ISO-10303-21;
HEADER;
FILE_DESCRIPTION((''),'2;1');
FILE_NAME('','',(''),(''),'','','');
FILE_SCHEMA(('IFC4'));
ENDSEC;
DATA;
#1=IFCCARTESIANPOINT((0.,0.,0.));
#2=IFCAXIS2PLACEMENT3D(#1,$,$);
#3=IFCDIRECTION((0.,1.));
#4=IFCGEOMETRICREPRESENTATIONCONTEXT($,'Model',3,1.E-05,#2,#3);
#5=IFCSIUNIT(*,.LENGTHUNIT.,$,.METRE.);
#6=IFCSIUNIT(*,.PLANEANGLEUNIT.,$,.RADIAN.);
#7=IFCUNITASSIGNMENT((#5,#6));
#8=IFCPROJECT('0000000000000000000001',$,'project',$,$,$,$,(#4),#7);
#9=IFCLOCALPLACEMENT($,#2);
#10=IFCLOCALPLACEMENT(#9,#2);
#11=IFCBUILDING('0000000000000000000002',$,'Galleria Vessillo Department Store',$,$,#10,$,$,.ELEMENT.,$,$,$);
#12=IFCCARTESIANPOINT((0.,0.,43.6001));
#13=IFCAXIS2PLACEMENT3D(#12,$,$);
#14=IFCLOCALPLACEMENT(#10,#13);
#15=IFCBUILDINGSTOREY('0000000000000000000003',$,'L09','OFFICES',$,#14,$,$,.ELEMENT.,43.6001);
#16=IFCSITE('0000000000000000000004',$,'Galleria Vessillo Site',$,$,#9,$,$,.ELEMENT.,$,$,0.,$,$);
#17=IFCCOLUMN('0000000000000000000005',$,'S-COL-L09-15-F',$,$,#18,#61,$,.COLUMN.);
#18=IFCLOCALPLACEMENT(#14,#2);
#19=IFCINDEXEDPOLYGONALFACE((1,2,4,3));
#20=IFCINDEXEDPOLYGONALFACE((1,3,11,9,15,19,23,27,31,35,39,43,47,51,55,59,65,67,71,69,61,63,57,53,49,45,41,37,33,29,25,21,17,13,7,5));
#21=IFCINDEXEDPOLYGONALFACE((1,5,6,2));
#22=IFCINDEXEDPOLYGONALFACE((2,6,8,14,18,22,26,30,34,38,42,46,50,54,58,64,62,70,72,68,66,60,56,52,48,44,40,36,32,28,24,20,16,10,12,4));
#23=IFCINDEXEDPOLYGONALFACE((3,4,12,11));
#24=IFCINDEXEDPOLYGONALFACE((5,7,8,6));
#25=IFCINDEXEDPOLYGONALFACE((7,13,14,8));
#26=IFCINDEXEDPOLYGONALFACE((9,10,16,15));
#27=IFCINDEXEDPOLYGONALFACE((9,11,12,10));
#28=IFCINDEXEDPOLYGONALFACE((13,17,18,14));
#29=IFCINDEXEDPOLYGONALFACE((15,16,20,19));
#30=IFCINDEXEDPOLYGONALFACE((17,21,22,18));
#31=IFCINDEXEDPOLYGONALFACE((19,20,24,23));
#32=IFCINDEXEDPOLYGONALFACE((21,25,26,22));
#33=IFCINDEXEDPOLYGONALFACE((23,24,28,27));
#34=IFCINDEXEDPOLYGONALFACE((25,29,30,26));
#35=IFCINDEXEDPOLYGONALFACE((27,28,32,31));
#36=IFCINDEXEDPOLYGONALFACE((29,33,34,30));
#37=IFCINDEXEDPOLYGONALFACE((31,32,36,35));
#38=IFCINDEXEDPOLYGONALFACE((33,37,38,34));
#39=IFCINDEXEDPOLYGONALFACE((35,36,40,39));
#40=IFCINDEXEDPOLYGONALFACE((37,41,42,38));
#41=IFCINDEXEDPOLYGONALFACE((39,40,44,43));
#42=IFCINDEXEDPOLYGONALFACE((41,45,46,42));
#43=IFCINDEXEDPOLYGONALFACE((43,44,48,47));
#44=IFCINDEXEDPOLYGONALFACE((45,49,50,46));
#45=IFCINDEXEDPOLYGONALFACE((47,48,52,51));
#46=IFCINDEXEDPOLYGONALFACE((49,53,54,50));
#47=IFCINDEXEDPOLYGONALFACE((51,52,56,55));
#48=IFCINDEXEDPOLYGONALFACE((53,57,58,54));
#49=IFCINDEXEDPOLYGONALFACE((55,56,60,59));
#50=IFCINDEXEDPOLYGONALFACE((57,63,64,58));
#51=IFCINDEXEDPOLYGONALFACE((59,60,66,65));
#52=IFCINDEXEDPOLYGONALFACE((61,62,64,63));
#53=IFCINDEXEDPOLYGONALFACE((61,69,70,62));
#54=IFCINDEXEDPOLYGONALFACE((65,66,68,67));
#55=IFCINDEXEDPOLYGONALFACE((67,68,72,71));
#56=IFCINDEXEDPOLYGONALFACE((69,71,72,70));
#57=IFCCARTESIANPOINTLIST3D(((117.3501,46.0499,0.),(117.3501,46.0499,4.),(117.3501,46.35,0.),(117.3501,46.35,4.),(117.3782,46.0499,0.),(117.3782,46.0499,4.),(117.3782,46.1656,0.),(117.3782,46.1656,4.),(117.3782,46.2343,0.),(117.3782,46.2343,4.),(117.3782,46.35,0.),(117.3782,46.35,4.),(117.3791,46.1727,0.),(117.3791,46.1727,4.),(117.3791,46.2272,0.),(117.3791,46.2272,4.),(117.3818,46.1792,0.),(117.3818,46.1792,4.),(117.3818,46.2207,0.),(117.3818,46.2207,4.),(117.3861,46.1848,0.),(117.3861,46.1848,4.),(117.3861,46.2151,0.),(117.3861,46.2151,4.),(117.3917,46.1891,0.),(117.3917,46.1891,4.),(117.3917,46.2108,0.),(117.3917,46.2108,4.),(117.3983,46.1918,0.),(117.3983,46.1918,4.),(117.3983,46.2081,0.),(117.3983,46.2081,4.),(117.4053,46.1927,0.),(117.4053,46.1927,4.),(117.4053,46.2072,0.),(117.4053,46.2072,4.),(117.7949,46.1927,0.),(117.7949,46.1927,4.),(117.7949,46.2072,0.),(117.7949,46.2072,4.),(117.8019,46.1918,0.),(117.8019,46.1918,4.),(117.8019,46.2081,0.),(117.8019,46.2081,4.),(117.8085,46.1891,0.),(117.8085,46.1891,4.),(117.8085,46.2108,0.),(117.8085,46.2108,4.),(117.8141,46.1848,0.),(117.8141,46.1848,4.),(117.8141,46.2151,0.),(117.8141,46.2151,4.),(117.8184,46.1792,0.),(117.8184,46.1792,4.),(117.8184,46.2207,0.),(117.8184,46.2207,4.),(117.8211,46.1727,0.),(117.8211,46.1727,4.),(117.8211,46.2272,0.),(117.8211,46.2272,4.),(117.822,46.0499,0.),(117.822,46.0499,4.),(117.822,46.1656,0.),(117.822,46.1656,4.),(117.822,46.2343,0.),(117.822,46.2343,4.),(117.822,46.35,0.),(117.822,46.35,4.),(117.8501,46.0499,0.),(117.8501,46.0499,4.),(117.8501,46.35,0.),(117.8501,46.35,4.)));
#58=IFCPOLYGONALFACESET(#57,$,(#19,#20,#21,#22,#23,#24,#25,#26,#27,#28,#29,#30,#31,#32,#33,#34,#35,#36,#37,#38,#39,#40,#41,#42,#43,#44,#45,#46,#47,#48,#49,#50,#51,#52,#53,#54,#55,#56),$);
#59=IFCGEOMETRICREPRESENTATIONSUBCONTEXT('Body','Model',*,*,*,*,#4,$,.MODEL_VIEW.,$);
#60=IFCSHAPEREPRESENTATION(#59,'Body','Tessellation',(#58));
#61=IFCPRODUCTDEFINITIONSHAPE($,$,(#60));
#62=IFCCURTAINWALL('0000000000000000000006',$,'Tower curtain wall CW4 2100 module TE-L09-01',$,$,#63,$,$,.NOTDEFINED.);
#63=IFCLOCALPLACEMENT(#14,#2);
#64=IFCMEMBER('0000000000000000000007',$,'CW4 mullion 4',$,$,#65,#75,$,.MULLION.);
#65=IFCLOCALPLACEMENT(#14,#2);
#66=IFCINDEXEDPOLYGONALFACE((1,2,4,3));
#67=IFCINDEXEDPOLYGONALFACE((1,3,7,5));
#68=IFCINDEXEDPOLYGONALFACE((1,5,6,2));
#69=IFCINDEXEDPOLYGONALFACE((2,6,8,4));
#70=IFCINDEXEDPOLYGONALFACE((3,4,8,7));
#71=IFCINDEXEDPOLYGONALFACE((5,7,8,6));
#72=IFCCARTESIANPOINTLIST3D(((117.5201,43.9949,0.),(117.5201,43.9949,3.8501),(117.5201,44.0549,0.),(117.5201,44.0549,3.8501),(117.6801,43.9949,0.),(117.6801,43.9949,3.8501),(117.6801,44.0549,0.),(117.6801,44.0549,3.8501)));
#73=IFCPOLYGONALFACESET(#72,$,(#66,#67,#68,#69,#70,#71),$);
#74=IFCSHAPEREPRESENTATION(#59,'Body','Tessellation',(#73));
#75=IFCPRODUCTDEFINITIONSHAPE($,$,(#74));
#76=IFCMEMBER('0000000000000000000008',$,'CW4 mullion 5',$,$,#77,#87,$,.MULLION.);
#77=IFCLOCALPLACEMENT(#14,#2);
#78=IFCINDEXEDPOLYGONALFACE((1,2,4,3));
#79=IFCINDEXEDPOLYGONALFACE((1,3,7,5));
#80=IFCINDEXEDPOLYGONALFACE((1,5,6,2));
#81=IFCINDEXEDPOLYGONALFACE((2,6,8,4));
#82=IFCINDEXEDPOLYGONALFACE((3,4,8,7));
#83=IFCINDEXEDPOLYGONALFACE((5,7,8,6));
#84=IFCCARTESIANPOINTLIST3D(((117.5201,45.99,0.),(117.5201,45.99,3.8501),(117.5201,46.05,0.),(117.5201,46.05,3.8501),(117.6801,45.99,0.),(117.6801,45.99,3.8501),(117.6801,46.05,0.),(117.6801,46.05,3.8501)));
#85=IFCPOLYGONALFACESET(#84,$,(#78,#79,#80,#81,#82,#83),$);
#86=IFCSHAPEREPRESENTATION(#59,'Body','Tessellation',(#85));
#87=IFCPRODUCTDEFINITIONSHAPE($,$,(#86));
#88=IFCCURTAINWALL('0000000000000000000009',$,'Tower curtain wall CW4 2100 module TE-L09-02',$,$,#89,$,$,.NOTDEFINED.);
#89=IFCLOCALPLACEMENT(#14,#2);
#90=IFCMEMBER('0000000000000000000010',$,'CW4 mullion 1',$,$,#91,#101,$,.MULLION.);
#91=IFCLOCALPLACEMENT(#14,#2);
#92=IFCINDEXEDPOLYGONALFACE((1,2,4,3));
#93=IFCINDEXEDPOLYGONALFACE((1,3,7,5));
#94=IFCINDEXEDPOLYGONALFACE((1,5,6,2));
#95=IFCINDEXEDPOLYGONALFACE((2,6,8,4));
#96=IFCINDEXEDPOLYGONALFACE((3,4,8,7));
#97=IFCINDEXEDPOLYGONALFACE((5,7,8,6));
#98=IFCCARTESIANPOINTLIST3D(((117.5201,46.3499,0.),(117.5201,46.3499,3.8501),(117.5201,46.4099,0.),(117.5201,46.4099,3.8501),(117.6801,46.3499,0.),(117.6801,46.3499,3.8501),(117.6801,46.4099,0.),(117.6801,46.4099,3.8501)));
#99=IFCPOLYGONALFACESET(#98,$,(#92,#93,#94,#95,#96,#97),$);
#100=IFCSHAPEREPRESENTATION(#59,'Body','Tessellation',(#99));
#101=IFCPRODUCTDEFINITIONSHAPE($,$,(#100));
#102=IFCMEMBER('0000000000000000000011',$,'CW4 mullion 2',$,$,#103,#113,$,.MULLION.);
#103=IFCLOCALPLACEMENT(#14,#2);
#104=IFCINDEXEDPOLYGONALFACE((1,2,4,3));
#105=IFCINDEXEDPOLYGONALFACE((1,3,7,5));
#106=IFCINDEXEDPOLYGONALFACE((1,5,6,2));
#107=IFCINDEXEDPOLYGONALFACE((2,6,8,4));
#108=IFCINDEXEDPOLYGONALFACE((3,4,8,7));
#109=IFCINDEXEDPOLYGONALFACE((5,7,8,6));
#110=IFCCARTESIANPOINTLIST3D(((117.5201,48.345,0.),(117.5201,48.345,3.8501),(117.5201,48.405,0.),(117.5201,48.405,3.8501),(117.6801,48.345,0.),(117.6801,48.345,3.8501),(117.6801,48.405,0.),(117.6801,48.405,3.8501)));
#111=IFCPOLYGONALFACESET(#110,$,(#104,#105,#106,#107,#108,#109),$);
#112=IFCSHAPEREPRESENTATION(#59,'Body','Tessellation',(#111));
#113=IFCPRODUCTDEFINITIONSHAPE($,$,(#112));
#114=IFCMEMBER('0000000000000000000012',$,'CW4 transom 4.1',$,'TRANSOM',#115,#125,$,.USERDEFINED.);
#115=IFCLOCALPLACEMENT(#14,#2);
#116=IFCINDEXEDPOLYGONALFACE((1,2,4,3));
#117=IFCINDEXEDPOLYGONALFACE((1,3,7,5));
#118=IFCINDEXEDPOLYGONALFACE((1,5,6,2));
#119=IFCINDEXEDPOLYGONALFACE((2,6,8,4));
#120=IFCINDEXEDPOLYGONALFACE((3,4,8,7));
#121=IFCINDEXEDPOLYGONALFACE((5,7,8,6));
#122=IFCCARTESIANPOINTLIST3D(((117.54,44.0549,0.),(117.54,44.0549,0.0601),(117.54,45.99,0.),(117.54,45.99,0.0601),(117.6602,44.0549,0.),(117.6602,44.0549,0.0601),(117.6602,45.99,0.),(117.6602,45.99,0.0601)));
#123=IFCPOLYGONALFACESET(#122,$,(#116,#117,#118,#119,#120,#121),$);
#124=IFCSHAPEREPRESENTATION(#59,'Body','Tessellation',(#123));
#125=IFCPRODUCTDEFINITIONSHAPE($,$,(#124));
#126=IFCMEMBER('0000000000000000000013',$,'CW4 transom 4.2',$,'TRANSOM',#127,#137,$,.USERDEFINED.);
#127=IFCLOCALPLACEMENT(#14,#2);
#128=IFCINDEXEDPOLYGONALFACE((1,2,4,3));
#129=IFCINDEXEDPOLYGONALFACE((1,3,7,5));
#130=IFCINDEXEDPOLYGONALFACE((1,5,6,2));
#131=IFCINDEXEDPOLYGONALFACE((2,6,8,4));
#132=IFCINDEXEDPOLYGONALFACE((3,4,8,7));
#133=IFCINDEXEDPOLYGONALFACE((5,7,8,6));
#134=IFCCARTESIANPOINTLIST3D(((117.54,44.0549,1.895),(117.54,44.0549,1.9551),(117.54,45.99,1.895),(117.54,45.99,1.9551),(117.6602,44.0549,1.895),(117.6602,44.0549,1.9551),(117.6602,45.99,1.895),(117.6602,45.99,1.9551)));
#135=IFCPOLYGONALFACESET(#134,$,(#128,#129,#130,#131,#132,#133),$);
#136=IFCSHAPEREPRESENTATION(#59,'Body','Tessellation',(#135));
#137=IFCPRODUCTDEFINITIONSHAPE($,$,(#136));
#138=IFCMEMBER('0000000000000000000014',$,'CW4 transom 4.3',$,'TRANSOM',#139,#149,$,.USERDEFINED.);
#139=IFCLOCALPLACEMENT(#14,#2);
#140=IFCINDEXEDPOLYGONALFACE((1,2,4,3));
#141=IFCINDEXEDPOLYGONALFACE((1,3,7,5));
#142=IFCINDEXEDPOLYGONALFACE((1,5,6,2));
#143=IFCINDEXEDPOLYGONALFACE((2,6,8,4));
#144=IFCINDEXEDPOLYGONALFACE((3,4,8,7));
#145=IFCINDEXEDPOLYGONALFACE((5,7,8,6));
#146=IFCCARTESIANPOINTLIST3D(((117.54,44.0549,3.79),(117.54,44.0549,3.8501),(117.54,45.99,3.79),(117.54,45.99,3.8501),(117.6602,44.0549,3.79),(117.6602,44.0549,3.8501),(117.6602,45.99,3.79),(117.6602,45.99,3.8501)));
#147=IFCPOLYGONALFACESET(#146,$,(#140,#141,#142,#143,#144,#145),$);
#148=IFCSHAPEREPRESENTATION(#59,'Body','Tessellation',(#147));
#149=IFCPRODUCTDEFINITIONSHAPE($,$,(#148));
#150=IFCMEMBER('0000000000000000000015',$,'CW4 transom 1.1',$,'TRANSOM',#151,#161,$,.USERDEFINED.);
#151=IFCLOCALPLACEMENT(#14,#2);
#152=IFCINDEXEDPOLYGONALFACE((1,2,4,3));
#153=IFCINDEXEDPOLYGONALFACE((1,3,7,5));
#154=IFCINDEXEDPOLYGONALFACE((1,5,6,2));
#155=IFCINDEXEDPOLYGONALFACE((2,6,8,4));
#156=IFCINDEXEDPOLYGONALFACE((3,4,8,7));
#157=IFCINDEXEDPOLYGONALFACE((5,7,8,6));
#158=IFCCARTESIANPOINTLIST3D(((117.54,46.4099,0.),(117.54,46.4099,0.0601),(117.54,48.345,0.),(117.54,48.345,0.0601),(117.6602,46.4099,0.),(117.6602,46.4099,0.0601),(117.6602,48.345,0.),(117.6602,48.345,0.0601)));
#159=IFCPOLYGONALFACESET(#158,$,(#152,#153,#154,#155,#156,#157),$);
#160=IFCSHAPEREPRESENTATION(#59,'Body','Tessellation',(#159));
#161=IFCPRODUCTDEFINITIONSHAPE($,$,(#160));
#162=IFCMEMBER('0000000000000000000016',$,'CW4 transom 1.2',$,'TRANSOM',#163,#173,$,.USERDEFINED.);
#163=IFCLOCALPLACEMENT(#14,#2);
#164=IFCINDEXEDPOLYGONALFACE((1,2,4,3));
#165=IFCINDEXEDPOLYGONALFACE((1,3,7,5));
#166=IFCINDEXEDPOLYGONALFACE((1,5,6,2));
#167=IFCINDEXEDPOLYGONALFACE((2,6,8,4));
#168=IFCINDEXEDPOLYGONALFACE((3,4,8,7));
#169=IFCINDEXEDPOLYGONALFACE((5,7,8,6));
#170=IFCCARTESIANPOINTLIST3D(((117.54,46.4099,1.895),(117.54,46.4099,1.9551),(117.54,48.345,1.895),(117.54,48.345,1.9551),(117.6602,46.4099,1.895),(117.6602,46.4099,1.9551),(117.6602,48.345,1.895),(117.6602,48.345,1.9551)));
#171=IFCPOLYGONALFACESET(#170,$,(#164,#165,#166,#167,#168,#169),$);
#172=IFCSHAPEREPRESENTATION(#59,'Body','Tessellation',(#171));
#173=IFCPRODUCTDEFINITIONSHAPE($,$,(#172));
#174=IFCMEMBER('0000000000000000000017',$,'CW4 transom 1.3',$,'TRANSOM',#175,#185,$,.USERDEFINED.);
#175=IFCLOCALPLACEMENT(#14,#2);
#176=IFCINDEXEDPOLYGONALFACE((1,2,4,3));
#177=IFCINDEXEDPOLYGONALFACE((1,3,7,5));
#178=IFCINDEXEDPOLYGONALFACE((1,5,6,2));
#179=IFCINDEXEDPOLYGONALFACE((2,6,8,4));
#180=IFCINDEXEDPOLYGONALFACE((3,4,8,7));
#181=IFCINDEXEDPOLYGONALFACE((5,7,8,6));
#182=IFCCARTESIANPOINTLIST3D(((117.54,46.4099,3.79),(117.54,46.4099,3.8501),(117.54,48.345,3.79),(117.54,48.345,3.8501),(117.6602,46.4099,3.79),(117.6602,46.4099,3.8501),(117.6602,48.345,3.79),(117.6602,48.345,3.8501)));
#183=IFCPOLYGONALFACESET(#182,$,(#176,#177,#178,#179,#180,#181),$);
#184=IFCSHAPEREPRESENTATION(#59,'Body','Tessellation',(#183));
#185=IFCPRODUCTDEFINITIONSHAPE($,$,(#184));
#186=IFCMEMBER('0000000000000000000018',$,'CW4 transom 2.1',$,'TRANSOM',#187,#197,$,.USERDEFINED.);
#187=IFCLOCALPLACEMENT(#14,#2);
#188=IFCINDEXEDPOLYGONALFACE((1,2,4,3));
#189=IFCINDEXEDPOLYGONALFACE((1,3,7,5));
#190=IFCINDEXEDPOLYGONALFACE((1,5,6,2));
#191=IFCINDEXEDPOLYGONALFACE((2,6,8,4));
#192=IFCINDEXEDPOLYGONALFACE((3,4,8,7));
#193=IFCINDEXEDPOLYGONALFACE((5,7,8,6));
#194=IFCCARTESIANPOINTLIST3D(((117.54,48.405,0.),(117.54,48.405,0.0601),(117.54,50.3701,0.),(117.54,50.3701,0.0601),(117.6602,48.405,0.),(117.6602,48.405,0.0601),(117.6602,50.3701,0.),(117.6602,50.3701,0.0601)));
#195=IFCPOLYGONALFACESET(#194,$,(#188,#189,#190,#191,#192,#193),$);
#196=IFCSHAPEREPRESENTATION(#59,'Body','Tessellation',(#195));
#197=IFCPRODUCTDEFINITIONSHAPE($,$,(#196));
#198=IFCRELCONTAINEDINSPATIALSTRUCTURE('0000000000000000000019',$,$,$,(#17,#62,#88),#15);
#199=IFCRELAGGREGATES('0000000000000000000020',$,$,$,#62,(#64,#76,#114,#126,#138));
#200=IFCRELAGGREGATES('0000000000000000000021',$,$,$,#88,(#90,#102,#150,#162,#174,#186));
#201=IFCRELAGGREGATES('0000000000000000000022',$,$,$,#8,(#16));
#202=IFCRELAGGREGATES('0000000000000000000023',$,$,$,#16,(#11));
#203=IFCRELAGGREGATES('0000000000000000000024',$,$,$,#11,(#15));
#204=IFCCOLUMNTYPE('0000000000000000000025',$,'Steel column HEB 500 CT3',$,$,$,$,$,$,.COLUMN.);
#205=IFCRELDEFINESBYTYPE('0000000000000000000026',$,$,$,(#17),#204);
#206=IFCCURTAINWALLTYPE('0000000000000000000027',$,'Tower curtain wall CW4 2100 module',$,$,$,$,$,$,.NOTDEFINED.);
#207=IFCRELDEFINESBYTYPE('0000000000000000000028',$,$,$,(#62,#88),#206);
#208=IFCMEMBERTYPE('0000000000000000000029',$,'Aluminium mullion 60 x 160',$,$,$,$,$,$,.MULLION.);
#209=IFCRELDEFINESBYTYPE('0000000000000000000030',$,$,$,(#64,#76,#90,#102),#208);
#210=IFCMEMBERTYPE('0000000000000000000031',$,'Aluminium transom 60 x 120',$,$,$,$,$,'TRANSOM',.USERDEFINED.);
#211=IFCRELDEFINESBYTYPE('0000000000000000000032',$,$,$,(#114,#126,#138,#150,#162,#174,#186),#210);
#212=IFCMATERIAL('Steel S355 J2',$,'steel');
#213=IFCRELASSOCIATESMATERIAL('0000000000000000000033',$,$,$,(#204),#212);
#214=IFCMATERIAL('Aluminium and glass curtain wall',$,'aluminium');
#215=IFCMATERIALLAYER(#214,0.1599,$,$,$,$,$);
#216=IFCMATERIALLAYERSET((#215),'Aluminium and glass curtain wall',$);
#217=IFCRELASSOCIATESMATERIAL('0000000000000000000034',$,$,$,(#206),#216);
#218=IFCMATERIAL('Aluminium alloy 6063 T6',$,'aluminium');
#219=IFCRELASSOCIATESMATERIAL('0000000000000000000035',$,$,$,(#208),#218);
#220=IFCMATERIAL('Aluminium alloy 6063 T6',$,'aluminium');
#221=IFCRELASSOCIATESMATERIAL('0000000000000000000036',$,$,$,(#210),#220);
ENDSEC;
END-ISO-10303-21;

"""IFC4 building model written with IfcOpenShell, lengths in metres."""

from ifc_helpers import new_model, si_unit, direction, frame, origin, origin_2d, place, context, subcontext, project, spatial, rectangle, i_section, extrude, material, layer, layer_set, material_profile, profile_set, type_object, element, aggregate, save


model = new_model("IFC4")

# Units and contexts
model_context = context("Model", 3, precision=1e-05, world=origin(), true_north=direction((0.0, 1.0)))
body_context = subcontext(model_context, "Body", "Model", "MODEL_VIEW")
ifc_project = project(units=[si_unit("LENGTHUNIT", "METRE"), si_unit("PLANEANGLEUNIT", "RADIAN")], contexts=[model_context])

# Site, building, storey
site_placement = place(None, origin())
site = spatial("IfcSite", under=ifc_project, at=site_placement, Name="Galleria Vessillo Site", CompositionType="ELEMENT", RefElevation=0.0)
building_placement = place(site_placement, origin())
building = spatial("IfcBuilding", under=site, at=building_placement, Name="Galleria Vessillo Department Store", CompositionType="ELEMENT")
storey_placement = place(building_placement, frame((0.0, 0.0, 43.6001)))
storey = spatial("IfcBuildingStorey", under=building, at=storey_placement, Name="L09", Description="OFFICES", CompositionType="ELEMENT", Elevation=43.6001)

# Column
ifc_material_1 = material(Name="Steel S355 J2", Category="steel")
ifc_material_profile_1 = material_profile(ifc_material_1, i_section(OverallWidth=0.3, OverallDepth=0.5, WebThickness=0.0144, FlangeThickness=0.0281, FilletRadius=0.0271, at=origin_2d()), Name="HEB 500")
ifc_profile_set_1 = profile_set([ifc_material_profile_1], Name="Steel S355 J2")
column_type = type_object("IfcColumnType", Name="Steel column HEB 500 CT3", PredefinedType="COLUMN", material=ifc_profile_set_1)
column_placement = place(storey_placement, frame((117.6001, 46.2, 0.0), z_axis=(0.0, 0.0, 1.0), x_axis=(0.0, 1.0, 0.0)))
element("IfcColumn", 1, at=column_placement, inside=storey, type_object=column_type, Name="S-COL-L09-15-F", PredefinedType="COLUMN", context=body_context, shape_type="SweptSolid", body=[
    extrude(i_section(OverallWidth=0.3, OverallDepth=0.5, WebThickness=0.0144, FlangeThickness=0.0281, FilletRadius=0.0271, at=origin_2d()), origin(), (0.0, 0.0, 1.0), 4.0),
])

# Curtain walls, members
ifc_material_2 = material(Name="Aluminium and glass curtain wall", Category="aluminium")
ifc_layer_1 = layer(ifc_material_2, 0.1599)
ifc_layer_set_1 = layer_set([ifc_layer_1], Name="Aluminium and glass curtain wall")
curtain_wall_type = type_object("IfcCurtainWallType", Name="Tower curtain wall CW4 2100 module", PredefinedType="NOTDEFINED", material=ifc_layer_set_1)
curtain_wall_1_placement = place(storey_placement, origin())
curtain_wall_1 = element("IfcCurtainWall", 2, at=curtain_wall_1_placement, inside=storey, type_object=curtain_wall_type, Name="Tower curtain wall CW4 2100 module TE-L09-01", PredefinedType="NOTDEFINED")
ifc_material_3 = material(Name="Aluminium alloy 6063 T6", Category="aluminium")
ifc_material_profile_2 = material_profile(ifc_material_3, rectangle(XDim=0.1599, YDim=0.0601, at=origin_2d()), Name="AL 60x160")
ifc_profile_set_2 = profile_set([ifc_material_profile_2], Name="Aluminium alloy 6063 T6")
member_type_1 = type_object("IfcMemberType", Name="Aluminium mullion 60 x 160", PredefinedType="MULLION", material=ifc_profile_set_2)
member_1_placement = place(storey_placement, frame((117.6001, 44.0249, 0.0), z_axis=(0.0, 0.0, 1.0), x_axis=(-1.0, 0.0, 0.0)))
member_1 = element("IfcMember", 3, at=member_1_placement, type_object=member_type_1, Name="CW4 mullion 4", PredefinedType="MULLION", context=body_context, shape_type="SweptSolid", body=[
    extrude(rectangle(XDim=0.1599, YDim=0.0601, at=origin_2d()), origin(), (0.0, 0.0, 1.0), 3.8501),
])
member_2_placement = place(storey_placement, frame((117.6001, 46.02, 0.0), z_axis=(0.0, 0.0, 1.0), x_axis=(-1.0, 0.0, 0.0)))
member_2 = element("IfcMember", 4, at=member_2_placement, type_object=member_type_1, Name="CW4 mullion 5", PredefinedType="MULLION", context=body_context, shape_type="SweptSolid", body=[
    extrude(rectangle(XDim=0.1599, YDim=0.0601, at=origin_2d()), origin(), (0.0, 0.0, 1.0), 3.8501),
])
curtain_wall_2_placement = place(storey_placement, origin())
curtain_wall_2 = element("IfcCurtainWall", 5, at=curtain_wall_2_placement, inside=storey, type_object=curtain_wall_type, Name="Tower curtain wall CW4 2100 module TE-L09-02", PredefinedType="NOTDEFINED")
member_3_placement = place(storey_placement, frame((117.6001, 46.3799, 0.0), z_axis=(0.0, 0.0, 1.0), x_axis=(-1.0, 0.0, 0.0)))
member_3 = element("IfcMember", 6, at=member_3_placement, type_object=member_type_1, Name="CW4 mullion 1", PredefinedType="MULLION", context=body_context, shape_type="SweptSolid", body=[
    extrude(rectangle(XDim=0.1599, YDim=0.0601, at=origin_2d()), origin(), (0.0, 0.0, 1.0), 3.8501),
])
member_4_placement = place(storey_placement, frame((117.6001, 48.375, 0.0), z_axis=(0.0, 0.0, 1.0), x_axis=(-1.0, 0.0, 0.0)))
member_4 = element("IfcMember", 7, at=member_4_placement, type_object=member_type_1, Name="CW4 mullion 2", PredefinedType="MULLION", context=body_context, shape_type="SweptSolid", body=[
    extrude(rectangle(XDim=0.1599, YDim=0.0601, at=origin_2d()), origin(), (0.0, 0.0, 1.0), 3.8501),
])

# Members
ifc_material_4 = material(Name="Aluminium alloy 6063 T6", Category="aluminium")
ifc_material_profile_3 = material_profile(ifc_material_4, rectangle(XDim=0.1201, YDim=0.0601, at=origin_2d()), Name="AL 60x120")
ifc_profile_set_3 = profile_set([ifc_material_profile_3], Name="Aluminium alloy 6063 T6")
member_type_2 = type_object("IfcMemberType", Name="Aluminium transom 60 x 120", ElementType="TRANSOM", PredefinedType="USERDEFINED", material=ifc_profile_set_3)
member_5_placement = place(storey_placement, frame((117.6001, 44.0549, 0.03), z_axis=(0.0, 1.0, 0.0), x_axis=(-1.0, 0.0, 0.0)))
member_5 = element("IfcMember", 8, at=member_5_placement, type_object=member_type_2, Name="CW4 transom 4.1", ObjectType="TRANSOM", PredefinedType="USERDEFINED", context=body_context, shape_type="SweptSolid", body=[
    extrude(rectangle(XDim=0.1201, YDim=0.0601, at=origin_2d()), origin(), (0.0, 0.0, 1.0), 1.9351),
])
member_6_placement = place(storey_placement, frame((117.6001, 44.0549, 1.925), z_axis=(0.0, 1.0, 0.0), x_axis=(-1.0, 0.0, 0.0)))
member_6 = element("IfcMember", 9, at=member_6_placement, type_object=member_type_2, Name="CW4 transom 4.2", ObjectType="TRANSOM", PredefinedType="USERDEFINED", context=body_context, shape_type="SweptSolid", body=[
    extrude(rectangle(XDim=0.1201, YDim=0.0601, at=origin_2d()), origin(), (0.0, 0.0, 1.0), 1.9351),
])
member_7_placement = place(storey_placement, frame((117.6001, 44.0549, 3.8201), z_axis=(0.0, 1.0, 0.0), x_axis=(-1.0, 0.0, 0.0)))
member_7 = element("IfcMember", 10, at=member_7_placement, type_object=member_type_2, Name="CW4 transom 4.3", ObjectType="TRANSOM", PredefinedType="USERDEFINED", context=body_context, shape_type="SweptSolid", body=[
    extrude(rectangle(XDim=0.1201, YDim=0.0601, at=origin_2d()), origin(), (0.0, 0.0, 1.0), 1.9351),
])
member_8_placement = place(storey_placement, frame((117.6001, 46.4099, 0.03), z_axis=(0.0, 1.0, 0.0), x_axis=(-1.0, 0.0, 0.0)))
member_8 = element("IfcMember", 11, at=member_8_placement, type_object=member_type_2, Name="CW4 transom 1.1", ObjectType="TRANSOM", PredefinedType="USERDEFINED", context=body_context, shape_type="SweptSolid", body=[
    extrude(rectangle(XDim=0.1201, YDim=0.0601, at=origin_2d()), origin(), (0.0, 0.0, 1.0), 1.9351),
])
member_9_placement = place(storey_placement, frame((117.6001, 46.4099, 1.925), z_axis=(0.0, 1.0, 0.0), x_axis=(-1.0, 0.0, 0.0)))
member_9 = element("IfcMember", 12, at=member_9_placement, type_object=member_type_2, Name="CW4 transom 1.2", ObjectType="TRANSOM", PredefinedType="USERDEFINED", context=body_context, shape_type="SweptSolid", body=[
    extrude(rectangle(XDim=0.1201, YDim=0.0601, at=origin_2d()), origin(), (0.0, 0.0, 1.0), 1.9351),
])
member_10_placement = place(storey_placement, frame((117.6001, 46.4099, 3.8201), z_axis=(0.0, 1.0, 0.0), x_axis=(-1.0, 0.0, 0.0)))
member_10 = element("IfcMember", 13, at=member_10_placement, type_object=member_type_2, Name="CW4 transom 1.3", ObjectType="TRANSOM", PredefinedType="USERDEFINED", context=body_context, shape_type="SweptSolid", body=[
    extrude(rectangle(XDim=0.1201, YDim=0.0601, at=origin_2d()), origin(), (0.0, 0.0, 1.0), 1.9351),
])
member_11_placement = place(storey_placement, frame((117.6001, 48.405, 0.03), z_axis=(0.0, 1.0, 0.0), x_axis=(-1.0, 0.0, 0.0)))
member_11 = element("IfcMember", 14, at=member_11_placement, type_object=member_type_2, Name="CW4 transom 2.1", ObjectType="TRANSOM", PredefinedType="USERDEFINED", context=body_context, shape_type="SweptSolid", body=[
    extrude(rectangle(XDim=0.1201, YDim=0.0601, at=origin_2d()), origin(), (0.0, 0.0, 1.0), 1.9651),
])

aggregate(curtain_wall_1, [member_1, member_2, member_5, member_6, member_7])
aggregate(curtain_wall_2, [member_3, member_4, member_8, member_9, member_10, member_11])

save(model, "model.ifc")
